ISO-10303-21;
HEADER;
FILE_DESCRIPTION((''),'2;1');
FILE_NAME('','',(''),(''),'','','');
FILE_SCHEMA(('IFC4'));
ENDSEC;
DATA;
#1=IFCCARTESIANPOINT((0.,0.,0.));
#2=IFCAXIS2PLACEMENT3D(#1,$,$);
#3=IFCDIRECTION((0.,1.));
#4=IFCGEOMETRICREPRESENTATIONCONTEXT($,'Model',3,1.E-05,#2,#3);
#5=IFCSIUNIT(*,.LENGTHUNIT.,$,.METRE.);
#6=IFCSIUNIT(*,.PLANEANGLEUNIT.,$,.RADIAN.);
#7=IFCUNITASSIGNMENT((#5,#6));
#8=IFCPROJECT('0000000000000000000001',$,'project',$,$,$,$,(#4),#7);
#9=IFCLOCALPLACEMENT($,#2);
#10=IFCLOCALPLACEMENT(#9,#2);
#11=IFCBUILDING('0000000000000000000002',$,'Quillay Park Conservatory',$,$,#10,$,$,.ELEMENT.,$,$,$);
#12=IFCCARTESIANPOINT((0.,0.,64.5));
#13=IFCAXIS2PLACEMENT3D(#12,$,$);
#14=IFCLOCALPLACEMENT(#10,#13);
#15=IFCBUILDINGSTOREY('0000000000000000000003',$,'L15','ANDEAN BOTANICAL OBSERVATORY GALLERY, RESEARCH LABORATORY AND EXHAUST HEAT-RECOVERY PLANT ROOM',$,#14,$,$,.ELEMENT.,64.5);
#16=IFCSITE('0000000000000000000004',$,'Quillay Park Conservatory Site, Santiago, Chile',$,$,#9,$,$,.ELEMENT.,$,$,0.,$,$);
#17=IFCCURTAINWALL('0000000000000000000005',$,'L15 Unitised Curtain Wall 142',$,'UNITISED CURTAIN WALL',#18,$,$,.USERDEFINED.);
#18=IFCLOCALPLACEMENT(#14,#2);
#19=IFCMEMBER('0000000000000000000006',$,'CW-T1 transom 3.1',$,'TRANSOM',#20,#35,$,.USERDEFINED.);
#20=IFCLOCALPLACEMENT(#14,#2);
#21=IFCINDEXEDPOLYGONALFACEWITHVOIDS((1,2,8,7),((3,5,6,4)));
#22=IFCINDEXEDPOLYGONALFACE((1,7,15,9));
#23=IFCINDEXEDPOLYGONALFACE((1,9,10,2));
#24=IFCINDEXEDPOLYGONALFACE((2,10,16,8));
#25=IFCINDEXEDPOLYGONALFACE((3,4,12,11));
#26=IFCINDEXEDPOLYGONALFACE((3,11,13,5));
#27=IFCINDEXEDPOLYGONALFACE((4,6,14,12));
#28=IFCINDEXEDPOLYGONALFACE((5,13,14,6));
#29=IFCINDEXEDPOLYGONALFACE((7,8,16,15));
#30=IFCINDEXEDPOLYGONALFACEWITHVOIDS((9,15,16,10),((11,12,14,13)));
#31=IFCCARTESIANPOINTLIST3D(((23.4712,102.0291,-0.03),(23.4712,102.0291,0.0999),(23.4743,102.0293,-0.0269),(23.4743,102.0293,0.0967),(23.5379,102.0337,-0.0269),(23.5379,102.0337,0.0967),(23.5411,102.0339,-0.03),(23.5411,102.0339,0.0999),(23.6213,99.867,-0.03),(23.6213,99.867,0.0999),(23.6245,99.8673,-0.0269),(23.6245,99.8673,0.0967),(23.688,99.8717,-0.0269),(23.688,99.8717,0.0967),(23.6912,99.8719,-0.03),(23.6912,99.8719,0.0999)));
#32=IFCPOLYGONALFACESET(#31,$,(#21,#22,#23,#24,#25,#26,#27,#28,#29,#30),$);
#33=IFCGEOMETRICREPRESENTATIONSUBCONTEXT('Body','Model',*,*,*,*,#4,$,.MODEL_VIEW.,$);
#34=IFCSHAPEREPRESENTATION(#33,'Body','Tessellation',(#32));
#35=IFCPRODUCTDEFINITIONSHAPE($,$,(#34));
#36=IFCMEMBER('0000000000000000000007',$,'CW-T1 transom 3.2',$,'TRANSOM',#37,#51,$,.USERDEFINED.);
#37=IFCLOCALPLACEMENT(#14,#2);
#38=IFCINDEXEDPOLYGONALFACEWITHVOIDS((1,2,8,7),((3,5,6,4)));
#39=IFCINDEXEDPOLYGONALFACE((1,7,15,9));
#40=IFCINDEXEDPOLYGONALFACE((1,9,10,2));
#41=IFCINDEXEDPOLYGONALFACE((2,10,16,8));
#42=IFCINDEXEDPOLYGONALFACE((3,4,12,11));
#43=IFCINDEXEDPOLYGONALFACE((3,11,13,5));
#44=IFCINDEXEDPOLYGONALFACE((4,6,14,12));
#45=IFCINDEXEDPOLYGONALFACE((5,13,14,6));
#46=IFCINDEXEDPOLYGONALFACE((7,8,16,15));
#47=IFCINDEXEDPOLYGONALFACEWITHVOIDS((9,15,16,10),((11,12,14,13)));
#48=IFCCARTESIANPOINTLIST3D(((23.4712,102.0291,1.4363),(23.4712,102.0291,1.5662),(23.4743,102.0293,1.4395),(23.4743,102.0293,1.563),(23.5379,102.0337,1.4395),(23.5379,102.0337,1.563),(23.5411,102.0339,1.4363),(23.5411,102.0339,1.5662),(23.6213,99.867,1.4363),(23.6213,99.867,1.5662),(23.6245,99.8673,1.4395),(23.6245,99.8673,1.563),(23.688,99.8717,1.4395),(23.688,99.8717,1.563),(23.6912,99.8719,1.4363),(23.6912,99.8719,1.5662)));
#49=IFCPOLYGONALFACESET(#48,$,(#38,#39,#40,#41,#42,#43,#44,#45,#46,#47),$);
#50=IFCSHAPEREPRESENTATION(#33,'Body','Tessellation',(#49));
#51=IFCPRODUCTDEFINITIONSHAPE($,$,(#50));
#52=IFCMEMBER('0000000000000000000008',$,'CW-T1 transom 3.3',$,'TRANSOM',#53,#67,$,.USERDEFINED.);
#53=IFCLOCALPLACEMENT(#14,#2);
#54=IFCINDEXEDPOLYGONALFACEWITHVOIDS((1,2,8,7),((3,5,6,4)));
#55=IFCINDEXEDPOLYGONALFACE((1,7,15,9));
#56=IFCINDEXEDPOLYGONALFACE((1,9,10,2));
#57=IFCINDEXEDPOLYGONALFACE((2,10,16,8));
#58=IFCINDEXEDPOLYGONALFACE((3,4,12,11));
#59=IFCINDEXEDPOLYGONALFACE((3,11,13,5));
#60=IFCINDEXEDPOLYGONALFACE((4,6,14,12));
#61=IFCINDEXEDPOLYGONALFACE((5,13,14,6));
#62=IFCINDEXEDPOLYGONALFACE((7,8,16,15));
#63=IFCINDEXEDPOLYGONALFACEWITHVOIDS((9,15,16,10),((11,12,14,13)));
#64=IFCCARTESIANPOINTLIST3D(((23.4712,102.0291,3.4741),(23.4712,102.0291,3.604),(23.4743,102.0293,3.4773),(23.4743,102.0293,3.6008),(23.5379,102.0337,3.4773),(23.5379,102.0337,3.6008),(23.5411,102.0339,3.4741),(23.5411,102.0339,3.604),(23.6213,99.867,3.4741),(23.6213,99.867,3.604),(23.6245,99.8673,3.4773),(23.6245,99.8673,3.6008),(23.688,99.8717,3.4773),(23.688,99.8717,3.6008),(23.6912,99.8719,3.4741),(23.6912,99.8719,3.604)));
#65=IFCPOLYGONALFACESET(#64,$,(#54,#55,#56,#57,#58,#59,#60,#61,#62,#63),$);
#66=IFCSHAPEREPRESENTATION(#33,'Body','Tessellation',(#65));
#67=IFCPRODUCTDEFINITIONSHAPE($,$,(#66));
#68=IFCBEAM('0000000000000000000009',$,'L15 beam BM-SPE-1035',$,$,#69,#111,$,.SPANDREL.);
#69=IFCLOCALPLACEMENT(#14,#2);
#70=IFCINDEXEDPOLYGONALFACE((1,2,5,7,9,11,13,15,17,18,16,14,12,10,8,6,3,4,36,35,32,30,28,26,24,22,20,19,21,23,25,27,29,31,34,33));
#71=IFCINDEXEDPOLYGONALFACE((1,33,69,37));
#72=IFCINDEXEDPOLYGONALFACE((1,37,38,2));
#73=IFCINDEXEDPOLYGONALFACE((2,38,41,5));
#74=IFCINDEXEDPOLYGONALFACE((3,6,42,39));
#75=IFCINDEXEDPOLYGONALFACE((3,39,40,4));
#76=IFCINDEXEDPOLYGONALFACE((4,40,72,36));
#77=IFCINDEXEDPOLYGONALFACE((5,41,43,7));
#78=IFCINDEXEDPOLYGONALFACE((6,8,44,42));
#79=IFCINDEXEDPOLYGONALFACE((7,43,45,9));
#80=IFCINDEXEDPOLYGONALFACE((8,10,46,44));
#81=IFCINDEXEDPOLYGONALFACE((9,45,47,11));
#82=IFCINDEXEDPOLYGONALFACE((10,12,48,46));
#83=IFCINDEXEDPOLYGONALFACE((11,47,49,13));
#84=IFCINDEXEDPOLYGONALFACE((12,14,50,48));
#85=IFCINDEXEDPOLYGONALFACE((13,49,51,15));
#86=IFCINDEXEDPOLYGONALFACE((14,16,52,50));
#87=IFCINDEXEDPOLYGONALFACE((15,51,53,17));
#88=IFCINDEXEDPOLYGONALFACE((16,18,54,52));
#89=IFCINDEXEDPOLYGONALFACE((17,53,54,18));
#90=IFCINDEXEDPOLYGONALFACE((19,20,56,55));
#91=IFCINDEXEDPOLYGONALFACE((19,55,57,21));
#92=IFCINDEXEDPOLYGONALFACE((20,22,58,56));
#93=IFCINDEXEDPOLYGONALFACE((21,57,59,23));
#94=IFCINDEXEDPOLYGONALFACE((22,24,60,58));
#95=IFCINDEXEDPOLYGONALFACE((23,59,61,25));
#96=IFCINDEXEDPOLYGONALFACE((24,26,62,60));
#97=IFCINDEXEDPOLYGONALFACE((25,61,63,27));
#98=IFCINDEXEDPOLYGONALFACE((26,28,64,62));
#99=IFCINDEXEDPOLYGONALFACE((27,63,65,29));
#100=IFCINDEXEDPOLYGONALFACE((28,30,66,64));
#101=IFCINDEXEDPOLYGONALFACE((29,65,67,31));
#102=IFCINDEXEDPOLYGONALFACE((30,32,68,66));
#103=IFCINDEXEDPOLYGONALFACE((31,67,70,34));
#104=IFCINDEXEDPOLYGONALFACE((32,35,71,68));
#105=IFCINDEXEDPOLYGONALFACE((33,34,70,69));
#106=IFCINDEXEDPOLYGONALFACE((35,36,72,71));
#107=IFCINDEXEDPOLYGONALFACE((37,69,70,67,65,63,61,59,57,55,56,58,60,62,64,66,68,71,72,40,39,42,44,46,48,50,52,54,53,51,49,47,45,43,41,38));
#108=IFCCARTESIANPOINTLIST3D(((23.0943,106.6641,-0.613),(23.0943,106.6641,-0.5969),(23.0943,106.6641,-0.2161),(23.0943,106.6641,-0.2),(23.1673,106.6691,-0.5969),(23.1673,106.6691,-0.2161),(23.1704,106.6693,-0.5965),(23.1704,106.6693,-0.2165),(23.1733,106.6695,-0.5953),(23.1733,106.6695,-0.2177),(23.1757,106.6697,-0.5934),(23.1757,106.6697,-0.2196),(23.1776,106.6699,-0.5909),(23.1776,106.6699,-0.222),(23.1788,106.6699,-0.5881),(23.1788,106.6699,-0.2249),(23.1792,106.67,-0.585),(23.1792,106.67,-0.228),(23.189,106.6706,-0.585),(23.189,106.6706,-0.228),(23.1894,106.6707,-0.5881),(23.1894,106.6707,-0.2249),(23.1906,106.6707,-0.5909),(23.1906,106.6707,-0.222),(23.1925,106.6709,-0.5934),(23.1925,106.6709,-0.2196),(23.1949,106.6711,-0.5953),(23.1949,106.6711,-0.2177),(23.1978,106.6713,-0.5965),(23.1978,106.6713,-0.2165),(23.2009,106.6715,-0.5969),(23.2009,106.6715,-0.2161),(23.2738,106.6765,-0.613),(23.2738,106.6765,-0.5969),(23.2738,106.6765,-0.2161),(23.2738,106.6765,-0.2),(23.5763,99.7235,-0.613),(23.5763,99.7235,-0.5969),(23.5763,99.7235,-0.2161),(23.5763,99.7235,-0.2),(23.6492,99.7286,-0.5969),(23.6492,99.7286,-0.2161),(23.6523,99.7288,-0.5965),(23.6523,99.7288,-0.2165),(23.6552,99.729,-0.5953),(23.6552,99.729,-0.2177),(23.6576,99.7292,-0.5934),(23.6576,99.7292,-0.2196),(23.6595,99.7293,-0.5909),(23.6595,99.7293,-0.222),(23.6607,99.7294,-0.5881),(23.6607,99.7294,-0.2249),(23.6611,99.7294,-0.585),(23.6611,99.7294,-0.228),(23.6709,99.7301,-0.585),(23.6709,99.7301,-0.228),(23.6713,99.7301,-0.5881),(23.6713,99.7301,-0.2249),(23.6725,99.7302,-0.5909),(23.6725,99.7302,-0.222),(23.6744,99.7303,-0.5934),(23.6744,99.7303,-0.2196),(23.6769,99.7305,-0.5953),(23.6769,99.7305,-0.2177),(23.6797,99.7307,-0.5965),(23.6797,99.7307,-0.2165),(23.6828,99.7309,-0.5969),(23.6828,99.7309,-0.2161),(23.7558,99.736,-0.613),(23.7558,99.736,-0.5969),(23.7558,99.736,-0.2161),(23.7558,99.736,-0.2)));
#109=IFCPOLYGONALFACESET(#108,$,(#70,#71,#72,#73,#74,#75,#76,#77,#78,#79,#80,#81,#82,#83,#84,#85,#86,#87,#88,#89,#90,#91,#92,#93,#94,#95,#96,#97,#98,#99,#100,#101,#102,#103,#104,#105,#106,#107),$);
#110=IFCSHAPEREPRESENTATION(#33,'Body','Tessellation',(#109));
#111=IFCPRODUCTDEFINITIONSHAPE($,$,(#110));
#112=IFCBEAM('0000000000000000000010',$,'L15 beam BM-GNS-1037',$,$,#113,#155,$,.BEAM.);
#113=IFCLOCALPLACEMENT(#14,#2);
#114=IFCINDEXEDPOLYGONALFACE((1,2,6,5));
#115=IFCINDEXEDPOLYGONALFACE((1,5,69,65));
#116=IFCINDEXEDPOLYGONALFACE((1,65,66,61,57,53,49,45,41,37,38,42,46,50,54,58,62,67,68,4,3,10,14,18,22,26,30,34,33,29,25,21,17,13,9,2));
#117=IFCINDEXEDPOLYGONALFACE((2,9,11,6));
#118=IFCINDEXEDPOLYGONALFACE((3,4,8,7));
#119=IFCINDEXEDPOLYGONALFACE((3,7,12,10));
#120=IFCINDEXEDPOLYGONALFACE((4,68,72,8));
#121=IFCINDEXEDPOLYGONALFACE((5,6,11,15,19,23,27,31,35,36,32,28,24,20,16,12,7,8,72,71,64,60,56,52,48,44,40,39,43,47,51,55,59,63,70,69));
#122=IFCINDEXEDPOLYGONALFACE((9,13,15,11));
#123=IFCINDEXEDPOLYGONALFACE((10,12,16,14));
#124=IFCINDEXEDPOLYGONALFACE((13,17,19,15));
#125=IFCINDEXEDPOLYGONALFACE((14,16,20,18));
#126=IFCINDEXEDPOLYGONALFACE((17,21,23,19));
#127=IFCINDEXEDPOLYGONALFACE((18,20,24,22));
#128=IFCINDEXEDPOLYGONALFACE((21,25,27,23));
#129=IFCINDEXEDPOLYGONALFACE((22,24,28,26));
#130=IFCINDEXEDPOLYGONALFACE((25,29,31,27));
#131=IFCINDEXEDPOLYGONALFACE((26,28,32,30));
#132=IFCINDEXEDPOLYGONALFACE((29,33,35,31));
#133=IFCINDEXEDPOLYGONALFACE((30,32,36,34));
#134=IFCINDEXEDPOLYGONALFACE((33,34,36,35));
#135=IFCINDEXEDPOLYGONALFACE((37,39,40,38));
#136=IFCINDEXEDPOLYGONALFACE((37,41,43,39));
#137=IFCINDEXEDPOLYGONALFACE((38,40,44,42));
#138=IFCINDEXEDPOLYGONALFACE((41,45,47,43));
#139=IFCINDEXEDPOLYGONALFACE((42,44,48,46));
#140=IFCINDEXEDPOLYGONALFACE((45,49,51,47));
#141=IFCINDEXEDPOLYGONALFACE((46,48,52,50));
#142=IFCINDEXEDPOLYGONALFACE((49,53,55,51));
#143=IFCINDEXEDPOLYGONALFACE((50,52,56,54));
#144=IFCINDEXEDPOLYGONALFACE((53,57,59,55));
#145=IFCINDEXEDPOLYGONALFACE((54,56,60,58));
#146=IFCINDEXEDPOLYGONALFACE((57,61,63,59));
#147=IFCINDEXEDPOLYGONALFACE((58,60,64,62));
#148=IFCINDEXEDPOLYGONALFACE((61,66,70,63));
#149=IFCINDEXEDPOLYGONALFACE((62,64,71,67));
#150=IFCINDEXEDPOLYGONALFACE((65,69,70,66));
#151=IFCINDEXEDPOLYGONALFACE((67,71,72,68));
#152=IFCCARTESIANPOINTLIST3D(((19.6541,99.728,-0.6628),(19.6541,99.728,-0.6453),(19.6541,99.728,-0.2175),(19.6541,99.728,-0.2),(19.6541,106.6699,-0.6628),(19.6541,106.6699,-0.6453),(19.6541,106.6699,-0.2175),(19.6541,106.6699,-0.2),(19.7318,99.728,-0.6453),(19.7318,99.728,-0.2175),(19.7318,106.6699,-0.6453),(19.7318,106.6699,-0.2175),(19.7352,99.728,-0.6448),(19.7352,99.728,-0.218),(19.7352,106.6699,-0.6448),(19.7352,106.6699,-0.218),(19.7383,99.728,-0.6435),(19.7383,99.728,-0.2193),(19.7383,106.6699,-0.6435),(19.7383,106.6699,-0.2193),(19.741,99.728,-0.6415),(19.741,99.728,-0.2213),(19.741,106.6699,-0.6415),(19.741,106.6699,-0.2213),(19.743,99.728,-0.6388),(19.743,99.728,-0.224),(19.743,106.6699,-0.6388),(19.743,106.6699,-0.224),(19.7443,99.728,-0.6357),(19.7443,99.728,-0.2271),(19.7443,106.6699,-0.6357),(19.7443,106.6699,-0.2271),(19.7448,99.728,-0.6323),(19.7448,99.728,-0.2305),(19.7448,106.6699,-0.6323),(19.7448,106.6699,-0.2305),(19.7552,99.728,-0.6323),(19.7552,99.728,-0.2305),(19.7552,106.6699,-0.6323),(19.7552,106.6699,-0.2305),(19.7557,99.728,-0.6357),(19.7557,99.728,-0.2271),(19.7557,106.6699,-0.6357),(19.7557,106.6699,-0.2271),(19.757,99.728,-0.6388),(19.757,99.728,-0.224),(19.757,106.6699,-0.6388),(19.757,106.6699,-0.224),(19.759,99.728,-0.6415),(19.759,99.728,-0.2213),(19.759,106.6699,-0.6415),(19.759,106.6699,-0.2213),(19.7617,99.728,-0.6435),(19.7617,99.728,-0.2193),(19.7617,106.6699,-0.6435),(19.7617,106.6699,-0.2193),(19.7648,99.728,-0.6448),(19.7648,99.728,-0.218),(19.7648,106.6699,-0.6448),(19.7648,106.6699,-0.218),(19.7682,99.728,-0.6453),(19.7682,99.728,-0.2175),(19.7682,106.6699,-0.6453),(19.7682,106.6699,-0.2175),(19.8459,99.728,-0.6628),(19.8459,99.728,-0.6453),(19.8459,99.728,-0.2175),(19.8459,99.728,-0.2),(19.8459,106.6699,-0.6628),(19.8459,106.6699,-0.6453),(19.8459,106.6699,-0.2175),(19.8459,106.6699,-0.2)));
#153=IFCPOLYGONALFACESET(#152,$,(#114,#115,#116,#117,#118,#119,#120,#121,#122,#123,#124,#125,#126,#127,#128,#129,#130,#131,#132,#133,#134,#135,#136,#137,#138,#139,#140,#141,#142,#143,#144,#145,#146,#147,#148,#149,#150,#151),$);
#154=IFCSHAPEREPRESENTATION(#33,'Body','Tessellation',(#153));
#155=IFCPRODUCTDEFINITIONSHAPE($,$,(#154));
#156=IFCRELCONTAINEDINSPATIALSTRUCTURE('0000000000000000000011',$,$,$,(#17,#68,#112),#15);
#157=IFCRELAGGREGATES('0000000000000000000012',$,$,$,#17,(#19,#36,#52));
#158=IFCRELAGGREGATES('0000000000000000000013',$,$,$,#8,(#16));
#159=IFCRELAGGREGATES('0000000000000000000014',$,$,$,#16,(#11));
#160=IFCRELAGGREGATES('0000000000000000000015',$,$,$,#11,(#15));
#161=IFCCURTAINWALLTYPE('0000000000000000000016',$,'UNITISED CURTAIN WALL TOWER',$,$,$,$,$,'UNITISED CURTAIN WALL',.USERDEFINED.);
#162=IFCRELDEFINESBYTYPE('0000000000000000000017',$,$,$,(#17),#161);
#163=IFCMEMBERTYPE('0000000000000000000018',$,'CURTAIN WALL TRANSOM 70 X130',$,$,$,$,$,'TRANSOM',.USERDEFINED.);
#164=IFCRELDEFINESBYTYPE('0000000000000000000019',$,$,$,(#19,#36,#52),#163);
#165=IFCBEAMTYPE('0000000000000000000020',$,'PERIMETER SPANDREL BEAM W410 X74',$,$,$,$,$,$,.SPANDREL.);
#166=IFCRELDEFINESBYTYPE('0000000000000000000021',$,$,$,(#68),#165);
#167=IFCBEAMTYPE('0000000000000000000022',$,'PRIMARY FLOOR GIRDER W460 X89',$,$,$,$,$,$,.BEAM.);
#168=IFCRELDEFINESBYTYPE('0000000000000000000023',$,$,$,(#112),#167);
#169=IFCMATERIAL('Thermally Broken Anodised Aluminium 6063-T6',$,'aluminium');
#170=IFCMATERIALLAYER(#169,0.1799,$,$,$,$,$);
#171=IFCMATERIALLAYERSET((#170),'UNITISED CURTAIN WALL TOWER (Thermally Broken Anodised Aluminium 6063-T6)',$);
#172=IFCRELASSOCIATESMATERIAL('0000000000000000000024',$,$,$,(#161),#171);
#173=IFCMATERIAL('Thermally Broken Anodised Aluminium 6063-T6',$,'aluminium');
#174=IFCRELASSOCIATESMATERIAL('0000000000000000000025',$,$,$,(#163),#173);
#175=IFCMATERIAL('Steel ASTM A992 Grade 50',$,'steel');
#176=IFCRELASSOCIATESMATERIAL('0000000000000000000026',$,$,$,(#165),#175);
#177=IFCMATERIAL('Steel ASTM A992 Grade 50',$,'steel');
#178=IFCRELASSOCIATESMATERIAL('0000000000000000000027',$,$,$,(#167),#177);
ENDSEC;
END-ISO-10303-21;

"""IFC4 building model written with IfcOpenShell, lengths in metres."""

from ifc_helpers import new_model, si_unit, direction, frame, origin, origin_2d, place, context, subcontext, project, spatial, hollow_rectangle, i_section, extrude, material, layer, layer_set, material_profile, profile_set, type_object, element, aggregate, save


model = new_model("IFC4")

# Units and contexts
model_context = context("Model", 3, precision=1e-05, world=origin(), true_north=direction((0.0, 1.0)))
body_context = subcontext(model_context, "Body", "Model", "MODEL_VIEW")
ifc_project = project(units=[si_unit("LENGTHUNIT", "METRE"), si_unit("PLANEANGLEUNIT", "RADIAN")], contexts=[model_context])

# Site, building, storey
site_placement = place(None, origin())
site = spatial("IfcSite", under=ifc_project, at=site_placement, Name="Quillay Park Conservatory Site, Santiago, Chile", CompositionType="ELEMENT", RefElevation=0.0)
building_placement = place(site_placement, origin())
building = spatial("IfcBuilding", under=site, at=building_placement, Name="Quillay Park Conservatory", CompositionType="ELEMENT")
storey_placement = place(building_placement, frame((0.0, 0.0, 64.5)))
storey = spatial("IfcBuildingStorey", under=building, at=storey_placement, Name="L15", Description="ANDEAN BOTANICAL OBSERVATORY GALLERY, RESEARCH LABORATORY AND EXHAUST HEAT-RECOVERY PLANT ROOM", CompositionType="ELEMENT", Elevation=64.5)

# Shared definitions
ifc_material_1 = material(Name="Thermally Broken Anodised Aluminium 6063-T6", Category="aluminium")
ifc_layer_1 = layer(ifc_material_1, 0.1799)
ifc_layer_set_1 = layer_set([ifc_layer_1], Name="UNITISED CURTAIN WALL TOWER (Thermally Broken Anodised Aluminium 6063-T6)")
curtain_wall_type = type_object("IfcCurtainWallType", Name="UNITISED CURTAIN WALL TOWER", ElementType="UNITISED CURTAIN WALL", PredefinedType="USERDEFINED", material=ifc_layer_set_1)

# Curtain wall
curtain_wall_1_placement = place(storey_placement, origin())
curtain_wall_1 = element("IfcCurtainWall", 1, at=curtain_wall_1_placement, inside=storey, type_object=curtain_wall_type, Name="L15 Unitised Curtain Wall 142", ObjectType="UNITISED CURTAIN WALL", PredefinedType="USERDEFINED")

# Members
ifc_material_2 = material(Name="Thermally Broken Anodised Aluminium 6063-T6", Category="aluminium")
ifc_material_profile_1 = material_profile(ifc_material_2, hollow_rectangle(XDim=0.0701, YDim=0.1299, WallThickness=0.0032, at=origin_2d()), Name="AL70x130x3.2")
ifc_profile_set_1 = profile_set([ifc_material_profile_1], Name="Thermally Broken Anodised Aluminium 6063-T6")
member_type_1 = type_object("IfcMemberType", Name="CURTAIN WALL TRANSOM 70 X130", ElementType="TRANSOM", PredefinedType="USERDEFINED", material=ifc_profile_set_1)
member_1_placement = place(storey_placement, frame((23.5061, 102.0315, 0.0349), z_axis=(0.069278, -0.997597, 0.0), x_axis=(0.997597, 0.069278, 0.0)))
member_1 = element("IfcMember", 2, at=member_1_placement, type_object=member_type_1, Name="CW-T1 transom 3.1", ObjectType="TRANSOM", PredefinedType="USERDEFINED", context=body_context, shape_type="SweptSolid", body=[
    extrude(hollow_rectangle(XDim=0.0701, YDim=0.1299, WallThickness=0.0032, at=origin_2d()), origin(), (0.0, 0.0, 1.0), 2.1672),
])
member_2_placement = place(storey_placement, frame((23.5061, 102.0315, 1.5012), z_axis=(0.069278, -0.997597, 0.0), x_axis=(0.997597, 0.069278, 0.0)))
member_2 = element("IfcMember", 3, at=member_2_placement, type_object=member_type_1, Name="CW-T1 transom 3.2", ObjectType="TRANSOM", PredefinedType="USERDEFINED", context=body_context, shape_type="SweptSolid", body=[
    extrude(hollow_rectangle(XDim=0.0701, YDim=0.1299, WallThickness=0.0032, at=origin_2d()), origin(), (0.0, 0.0, 1.0), 2.1672),
])
member_3_placement = place(storey_placement, frame((23.5061, 102.0315, 3.5391), z_axis=(0.069278, -0.997597, 0.0), x_axis=(0.997597, 0.069278, 0.0)))
member_3 = element("IfcMember", 4, at=member_3_placement, type_object=member_type_1, Name="CW-T1 transom 3.3", ObjectType="TRANSOM", PredefinedType="USERDEFINED", context=body_context, shape_type="SweptSolid", body=[
    extrude(hollow_rectangle(XDim=0.0701, YDim=0.1299, WallThickness=0.0032, at=origin_2d()), origin(), (0.0, 0.0, 1.0), 2.1672),
])

# Beams
ifc_material_3 = material(Name="Steel ASTM A992 Grade 50", Category="steel")
ifc_material_profile_2 = material_profile(ifc_material_3, i_section(OverallWidth=0.1799, OverallDepth=0.4131, WebThickness=0.0098, FlangeThickness=0.0161, FilletRadius=0.012, at=origin_2d()), Name="W410x74")
ifc_profile_set_2 = profile_set([ifc_material_profile_2], Name="Steel ASTM A992 Grade 50")
beam_type_1 = type_object("IfcBeamType", Name="PERIMETER SPANDREL BEAM W410 X74", PredefinedType="SPANDREL", material=ifc_profile_set_2)
beam_1_placement = place(storey_placement, frame((23.666, 99.7297, -0.4065), z_axis=(-0.069269, 0.997598, 0.0), x_axis=(-0.997598, -0.069269, 0.0)))
element("IfcBeam", 5, at=beam_1_placement, inside=storey, type_object=beam_type_1, Name="L15 beam BM-SPE-1035", PredefinedType="SPANDREL", context=body_context, shape_type="SweptSolid", body=[
    extrude(i_section(OverallWidth=0.1799, OverallDepth=0.4131, WebThickness=0.0098, FlangeThickness=0.0161, FilletRadius=0.012, at=origin_2d()), origin(), (0.0, 0.0, 1.0), 6.9573),
])
ifc_material_4 = material(Name="Steel ASTM A992 Grade 50", Category="steel")
ifc_material_profile_3 = material_profile(ifc_material_4, i_section(OverallWidth=0.1919, OverallDepth=0.4629, WebThickness=0.0105, FlangeThickness=0.0176, FilletRadius=0.0129, at=origin_2d()), Name="W460x89")
ifc_profile_set_3 = profile_set([ifc_material_profile_3], Name="Steel ASTM A992 Grade 50")
beam_type_2 = type_object("IfcBeamType", Name="PRIMARY FLOOR GIRDER W460 X89", PredefinedType="BEAM", material=ifc_profile_set_3)
beam_2_placement = place(storey_placement, frame((19.75, 99.728, -0.4314), z_axis=(0.0, 1.0, 0.0), x_axis=(-1.0, 0.0, 0.0)))
element("IfcBeam", 6, at=beam_2_placement, inside=storey, type_object=beam_type_2, Name="L15 beam BM-GNS-1037", PredefinedType="BEAM", context=body_context, shape_type="SweptSolid", body=[
    extrude(i_section(OverallWidth=0.1919, OverallDepth=0.4629, WebThickness=0.0105, FlangeThickness=0.0176, FilletRadius=0.0129, at=origin_2d()), origin(), (0.0, 0.0, 1.0), 6.9419),
])

aggregate(curtain_wall_1, [member_1, member_2, member_3])

save(model, "model.ifc")
